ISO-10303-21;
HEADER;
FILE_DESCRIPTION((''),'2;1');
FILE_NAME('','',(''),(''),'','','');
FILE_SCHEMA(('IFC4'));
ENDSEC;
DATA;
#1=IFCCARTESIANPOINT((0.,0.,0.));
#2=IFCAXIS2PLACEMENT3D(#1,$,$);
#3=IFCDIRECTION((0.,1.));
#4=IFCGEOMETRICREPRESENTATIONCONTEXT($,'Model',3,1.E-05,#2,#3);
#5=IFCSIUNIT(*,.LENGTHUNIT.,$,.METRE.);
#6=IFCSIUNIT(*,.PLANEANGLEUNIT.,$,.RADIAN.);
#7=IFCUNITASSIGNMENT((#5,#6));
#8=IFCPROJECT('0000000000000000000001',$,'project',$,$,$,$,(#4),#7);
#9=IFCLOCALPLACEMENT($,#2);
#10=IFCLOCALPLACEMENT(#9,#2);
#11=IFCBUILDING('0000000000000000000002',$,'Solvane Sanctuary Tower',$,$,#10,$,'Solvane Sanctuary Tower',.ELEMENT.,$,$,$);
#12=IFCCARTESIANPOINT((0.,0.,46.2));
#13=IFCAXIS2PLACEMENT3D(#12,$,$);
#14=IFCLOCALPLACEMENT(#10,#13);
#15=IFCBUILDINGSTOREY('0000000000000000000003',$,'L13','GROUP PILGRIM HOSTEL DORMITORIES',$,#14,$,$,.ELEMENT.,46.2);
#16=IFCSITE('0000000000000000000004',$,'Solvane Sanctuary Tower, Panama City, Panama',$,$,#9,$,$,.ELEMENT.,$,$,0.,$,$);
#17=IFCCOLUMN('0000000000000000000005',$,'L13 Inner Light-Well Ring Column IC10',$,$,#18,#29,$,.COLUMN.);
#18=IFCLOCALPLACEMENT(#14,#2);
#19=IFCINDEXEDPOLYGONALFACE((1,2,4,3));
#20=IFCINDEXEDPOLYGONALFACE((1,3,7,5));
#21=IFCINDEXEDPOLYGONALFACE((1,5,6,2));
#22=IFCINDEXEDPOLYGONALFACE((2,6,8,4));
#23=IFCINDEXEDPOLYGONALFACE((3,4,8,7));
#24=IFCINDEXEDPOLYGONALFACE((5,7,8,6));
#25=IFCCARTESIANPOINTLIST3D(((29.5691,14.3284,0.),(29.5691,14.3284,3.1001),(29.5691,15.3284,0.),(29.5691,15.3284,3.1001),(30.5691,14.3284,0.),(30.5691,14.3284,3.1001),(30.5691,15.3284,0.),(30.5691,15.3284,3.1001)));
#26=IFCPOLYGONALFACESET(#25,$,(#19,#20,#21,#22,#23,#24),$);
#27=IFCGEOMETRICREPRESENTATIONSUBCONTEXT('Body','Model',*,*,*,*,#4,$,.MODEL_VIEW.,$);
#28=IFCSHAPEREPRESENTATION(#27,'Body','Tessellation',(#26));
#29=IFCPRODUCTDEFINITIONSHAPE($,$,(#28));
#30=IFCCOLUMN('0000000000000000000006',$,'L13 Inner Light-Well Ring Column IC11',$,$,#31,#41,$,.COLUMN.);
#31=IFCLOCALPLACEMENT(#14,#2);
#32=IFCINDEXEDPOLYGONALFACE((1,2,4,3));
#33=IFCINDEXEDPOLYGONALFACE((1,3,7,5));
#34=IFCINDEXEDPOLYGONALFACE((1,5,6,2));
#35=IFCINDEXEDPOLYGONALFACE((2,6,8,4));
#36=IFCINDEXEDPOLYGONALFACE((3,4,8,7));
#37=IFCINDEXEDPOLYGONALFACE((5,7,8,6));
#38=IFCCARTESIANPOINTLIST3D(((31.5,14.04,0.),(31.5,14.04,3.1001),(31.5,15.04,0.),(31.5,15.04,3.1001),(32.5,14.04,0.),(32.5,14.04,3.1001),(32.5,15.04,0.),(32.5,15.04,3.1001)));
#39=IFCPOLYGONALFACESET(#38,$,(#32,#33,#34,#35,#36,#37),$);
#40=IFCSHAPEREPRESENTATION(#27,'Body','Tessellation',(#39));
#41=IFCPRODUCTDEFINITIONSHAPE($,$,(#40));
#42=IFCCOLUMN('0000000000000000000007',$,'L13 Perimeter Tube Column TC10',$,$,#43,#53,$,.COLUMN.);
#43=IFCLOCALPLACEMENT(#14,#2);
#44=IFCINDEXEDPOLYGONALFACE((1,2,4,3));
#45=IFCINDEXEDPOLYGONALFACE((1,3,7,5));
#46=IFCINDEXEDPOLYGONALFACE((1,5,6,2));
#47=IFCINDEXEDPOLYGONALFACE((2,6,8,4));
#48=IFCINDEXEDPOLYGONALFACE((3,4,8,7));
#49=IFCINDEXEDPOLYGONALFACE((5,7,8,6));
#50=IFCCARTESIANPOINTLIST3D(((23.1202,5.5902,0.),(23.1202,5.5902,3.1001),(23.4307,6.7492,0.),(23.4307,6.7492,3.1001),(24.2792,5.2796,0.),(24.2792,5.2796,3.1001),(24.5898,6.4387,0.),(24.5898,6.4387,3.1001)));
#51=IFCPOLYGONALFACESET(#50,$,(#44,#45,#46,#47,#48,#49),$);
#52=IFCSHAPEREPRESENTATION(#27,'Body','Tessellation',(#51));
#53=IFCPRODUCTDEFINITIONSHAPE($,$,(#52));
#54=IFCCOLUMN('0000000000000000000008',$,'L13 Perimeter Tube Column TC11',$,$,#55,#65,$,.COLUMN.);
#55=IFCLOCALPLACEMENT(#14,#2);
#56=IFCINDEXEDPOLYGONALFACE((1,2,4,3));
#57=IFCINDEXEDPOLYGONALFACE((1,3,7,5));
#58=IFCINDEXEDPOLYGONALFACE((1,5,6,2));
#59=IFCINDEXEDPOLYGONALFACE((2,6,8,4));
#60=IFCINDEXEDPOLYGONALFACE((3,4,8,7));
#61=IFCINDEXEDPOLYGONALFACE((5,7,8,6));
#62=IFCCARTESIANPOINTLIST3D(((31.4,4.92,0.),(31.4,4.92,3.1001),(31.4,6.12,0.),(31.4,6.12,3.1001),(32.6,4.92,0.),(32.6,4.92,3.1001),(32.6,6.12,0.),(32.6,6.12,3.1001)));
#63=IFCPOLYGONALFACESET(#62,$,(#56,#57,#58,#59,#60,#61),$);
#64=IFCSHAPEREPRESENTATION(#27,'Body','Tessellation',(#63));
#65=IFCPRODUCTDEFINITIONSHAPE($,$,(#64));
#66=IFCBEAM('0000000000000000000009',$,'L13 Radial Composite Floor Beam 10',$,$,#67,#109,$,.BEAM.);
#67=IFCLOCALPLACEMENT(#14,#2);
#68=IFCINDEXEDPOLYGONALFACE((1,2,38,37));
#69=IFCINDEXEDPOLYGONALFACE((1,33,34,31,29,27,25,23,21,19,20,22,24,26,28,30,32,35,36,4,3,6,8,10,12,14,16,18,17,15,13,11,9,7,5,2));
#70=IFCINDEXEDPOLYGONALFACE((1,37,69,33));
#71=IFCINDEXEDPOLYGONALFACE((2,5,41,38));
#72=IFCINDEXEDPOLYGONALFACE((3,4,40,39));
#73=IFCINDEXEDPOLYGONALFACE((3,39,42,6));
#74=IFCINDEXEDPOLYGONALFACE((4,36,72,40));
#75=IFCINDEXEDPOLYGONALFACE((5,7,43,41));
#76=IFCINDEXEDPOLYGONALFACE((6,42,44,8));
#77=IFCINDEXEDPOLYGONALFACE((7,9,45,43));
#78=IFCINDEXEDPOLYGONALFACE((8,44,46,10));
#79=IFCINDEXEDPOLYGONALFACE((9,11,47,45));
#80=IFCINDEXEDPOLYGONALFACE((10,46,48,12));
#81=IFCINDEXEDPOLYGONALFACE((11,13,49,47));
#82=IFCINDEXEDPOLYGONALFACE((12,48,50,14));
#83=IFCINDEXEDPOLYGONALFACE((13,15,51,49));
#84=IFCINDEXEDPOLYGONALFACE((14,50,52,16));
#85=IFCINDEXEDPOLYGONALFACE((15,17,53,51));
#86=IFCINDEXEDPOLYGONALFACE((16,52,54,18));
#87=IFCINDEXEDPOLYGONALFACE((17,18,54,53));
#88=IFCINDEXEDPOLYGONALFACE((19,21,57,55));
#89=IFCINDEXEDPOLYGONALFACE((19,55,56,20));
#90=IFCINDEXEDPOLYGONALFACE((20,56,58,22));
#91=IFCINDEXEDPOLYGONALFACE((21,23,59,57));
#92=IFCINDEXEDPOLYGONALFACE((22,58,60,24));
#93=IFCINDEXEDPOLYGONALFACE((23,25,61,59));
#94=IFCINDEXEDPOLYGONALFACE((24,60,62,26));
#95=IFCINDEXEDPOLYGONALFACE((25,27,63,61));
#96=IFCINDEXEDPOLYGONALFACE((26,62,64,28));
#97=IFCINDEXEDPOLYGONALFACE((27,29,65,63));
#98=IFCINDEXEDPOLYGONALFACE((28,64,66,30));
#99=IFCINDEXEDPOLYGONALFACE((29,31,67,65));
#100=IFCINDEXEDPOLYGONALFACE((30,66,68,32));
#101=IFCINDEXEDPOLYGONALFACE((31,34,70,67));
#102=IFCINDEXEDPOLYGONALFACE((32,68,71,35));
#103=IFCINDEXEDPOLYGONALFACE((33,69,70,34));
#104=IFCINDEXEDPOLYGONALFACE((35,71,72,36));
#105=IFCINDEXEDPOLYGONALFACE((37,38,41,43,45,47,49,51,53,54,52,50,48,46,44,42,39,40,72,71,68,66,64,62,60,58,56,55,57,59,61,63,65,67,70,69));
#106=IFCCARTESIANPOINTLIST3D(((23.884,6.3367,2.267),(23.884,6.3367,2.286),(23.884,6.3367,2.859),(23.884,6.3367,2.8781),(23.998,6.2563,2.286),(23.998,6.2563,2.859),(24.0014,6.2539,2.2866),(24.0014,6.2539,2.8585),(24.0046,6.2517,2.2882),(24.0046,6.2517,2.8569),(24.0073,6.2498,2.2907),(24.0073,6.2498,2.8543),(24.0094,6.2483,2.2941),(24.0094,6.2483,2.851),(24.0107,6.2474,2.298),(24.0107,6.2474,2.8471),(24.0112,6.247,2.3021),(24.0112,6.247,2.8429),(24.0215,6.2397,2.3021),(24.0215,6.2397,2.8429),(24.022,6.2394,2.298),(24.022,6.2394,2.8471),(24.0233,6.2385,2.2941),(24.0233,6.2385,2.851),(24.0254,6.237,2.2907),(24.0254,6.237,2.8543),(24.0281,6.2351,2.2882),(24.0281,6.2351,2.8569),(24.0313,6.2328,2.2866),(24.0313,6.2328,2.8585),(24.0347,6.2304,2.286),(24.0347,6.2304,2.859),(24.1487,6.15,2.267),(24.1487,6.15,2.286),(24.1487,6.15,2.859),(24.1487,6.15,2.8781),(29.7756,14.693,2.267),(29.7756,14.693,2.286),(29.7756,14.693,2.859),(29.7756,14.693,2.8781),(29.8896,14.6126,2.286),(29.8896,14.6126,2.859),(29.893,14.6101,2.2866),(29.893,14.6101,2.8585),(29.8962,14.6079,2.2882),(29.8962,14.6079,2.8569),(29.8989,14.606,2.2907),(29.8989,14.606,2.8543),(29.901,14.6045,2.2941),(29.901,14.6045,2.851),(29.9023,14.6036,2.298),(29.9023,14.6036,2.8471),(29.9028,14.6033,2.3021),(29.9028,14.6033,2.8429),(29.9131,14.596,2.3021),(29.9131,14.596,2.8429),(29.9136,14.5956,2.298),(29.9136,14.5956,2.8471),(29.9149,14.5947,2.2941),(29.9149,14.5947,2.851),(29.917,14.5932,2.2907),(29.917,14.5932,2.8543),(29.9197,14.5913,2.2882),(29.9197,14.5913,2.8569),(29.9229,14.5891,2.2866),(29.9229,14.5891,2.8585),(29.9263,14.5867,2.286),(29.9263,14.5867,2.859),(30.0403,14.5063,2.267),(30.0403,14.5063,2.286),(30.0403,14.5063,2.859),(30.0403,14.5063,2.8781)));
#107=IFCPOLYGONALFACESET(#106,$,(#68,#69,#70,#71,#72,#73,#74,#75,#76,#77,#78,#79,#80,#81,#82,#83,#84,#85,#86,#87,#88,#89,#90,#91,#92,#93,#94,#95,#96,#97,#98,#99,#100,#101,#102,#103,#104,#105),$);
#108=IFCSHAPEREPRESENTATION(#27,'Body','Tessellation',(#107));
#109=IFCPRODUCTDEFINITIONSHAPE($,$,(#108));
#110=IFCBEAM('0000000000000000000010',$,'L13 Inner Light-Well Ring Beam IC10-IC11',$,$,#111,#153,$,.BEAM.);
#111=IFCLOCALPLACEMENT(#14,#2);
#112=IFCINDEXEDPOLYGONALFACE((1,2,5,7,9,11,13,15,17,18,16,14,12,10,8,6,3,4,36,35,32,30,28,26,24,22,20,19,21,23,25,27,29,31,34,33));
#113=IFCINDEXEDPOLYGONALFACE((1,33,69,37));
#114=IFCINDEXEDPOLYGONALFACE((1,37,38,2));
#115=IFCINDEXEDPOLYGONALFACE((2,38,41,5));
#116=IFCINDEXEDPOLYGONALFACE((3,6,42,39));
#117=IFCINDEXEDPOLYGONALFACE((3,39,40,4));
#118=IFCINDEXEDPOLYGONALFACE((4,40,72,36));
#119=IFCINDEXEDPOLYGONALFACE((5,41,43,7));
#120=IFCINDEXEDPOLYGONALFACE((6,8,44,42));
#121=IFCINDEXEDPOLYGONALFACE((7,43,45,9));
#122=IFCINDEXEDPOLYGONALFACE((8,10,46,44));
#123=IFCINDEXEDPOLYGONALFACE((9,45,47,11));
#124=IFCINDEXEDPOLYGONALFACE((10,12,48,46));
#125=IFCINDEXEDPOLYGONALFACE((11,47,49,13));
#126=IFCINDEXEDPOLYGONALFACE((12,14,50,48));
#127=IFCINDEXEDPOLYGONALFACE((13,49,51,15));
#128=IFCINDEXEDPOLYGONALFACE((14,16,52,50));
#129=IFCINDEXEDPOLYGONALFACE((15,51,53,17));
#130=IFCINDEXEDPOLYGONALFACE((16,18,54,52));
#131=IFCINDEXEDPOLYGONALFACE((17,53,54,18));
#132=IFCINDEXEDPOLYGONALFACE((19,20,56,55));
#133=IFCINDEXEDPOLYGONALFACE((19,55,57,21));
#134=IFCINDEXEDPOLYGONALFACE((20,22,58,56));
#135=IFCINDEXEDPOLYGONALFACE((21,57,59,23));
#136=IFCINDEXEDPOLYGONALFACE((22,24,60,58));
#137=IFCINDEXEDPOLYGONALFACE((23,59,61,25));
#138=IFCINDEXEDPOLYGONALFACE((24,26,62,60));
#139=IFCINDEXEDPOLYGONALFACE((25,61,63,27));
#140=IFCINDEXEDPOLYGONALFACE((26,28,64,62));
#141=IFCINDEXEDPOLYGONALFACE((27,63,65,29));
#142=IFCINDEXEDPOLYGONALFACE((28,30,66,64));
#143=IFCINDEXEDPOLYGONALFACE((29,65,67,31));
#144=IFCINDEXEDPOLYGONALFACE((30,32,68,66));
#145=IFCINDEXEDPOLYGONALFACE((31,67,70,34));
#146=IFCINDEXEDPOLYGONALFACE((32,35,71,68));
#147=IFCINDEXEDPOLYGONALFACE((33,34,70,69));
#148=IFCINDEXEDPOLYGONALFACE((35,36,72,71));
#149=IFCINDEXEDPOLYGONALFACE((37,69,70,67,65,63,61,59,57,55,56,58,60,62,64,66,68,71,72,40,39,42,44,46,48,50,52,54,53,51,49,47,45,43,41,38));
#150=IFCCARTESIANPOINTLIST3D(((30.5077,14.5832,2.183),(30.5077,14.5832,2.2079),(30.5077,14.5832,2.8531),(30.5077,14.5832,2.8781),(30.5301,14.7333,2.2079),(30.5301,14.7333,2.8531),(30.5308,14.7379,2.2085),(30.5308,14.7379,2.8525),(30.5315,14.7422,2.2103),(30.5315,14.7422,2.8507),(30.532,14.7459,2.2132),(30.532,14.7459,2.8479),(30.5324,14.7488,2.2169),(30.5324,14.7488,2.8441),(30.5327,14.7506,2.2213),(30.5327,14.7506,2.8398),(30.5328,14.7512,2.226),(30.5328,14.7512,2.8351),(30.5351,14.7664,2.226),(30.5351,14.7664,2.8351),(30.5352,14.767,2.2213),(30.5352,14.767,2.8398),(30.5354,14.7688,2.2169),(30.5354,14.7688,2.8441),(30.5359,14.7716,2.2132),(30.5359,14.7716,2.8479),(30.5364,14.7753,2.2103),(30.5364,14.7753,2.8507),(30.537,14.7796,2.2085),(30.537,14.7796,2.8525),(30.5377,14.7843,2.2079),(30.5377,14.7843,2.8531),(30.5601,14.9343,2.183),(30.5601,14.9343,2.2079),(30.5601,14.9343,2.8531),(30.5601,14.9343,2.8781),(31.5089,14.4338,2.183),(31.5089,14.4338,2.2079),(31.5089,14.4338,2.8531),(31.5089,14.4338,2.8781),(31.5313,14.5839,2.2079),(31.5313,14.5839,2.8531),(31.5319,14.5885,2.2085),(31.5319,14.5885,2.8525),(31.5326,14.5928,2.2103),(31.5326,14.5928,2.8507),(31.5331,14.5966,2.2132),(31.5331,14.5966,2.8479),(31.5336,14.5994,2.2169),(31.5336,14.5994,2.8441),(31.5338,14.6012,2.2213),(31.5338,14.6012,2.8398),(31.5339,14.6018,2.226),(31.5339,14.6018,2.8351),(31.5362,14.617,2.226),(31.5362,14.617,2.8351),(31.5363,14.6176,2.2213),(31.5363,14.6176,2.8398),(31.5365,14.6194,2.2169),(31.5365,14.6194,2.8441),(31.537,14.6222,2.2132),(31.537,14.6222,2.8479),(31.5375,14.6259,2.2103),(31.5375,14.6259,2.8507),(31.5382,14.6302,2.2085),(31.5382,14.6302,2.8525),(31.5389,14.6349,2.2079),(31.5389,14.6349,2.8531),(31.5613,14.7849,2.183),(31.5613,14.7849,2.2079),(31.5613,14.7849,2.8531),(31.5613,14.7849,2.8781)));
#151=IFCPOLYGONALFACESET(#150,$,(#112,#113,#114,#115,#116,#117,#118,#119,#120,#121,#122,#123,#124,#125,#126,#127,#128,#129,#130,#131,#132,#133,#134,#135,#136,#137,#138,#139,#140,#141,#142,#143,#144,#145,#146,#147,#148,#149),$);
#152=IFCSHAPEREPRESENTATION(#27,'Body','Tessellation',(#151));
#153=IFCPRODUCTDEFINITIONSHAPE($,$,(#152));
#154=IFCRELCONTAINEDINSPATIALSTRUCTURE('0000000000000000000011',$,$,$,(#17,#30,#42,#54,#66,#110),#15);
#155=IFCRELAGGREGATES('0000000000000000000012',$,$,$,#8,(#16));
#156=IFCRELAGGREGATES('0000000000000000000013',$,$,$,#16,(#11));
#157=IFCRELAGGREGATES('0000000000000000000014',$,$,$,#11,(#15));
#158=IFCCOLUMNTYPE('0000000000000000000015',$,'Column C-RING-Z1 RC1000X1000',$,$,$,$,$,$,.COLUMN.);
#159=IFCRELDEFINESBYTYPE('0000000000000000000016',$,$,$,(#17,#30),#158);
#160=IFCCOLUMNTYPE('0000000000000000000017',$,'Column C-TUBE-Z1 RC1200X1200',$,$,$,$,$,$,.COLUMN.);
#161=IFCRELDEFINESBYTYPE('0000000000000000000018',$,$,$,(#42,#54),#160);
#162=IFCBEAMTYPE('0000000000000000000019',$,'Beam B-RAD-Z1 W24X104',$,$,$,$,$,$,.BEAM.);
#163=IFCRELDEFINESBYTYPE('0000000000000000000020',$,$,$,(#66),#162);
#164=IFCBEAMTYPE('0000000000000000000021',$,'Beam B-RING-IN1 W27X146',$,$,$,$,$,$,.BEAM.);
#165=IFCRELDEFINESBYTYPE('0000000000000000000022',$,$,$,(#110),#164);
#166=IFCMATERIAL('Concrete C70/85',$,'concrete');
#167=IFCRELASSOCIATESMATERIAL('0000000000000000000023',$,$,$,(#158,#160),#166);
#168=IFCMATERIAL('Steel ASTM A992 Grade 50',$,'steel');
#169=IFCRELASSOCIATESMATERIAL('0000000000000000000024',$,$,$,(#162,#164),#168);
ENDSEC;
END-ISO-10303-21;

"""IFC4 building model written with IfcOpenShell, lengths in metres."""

from ifc_helpers import new_model, si_unit, direction, frame, origin, origin_2d, place, context, subcontext, project, spatial, rectangle, i_section, extrude, material, material_profile, profile_set, type_object, element, save


model = new_model("IFC4")

# Units and contexts
model_context = context("Model", 3, precision=1e-05, world=origin(), true_north=direction((0.0, 1.0)))
body_context = subcontext(model_context, "Body", "Model", "MODEL_VIEW")
ifc_project = project(units=[si_unit("LENGTHUNIT", "METRE"), si_unit("PLANEANGLEUNIT", "RADIAN")], contexts=[model_context])

# Site, building, storey
site_placement = place(None, origin())
site = spatial("IfcSite", under=ifc_project, at=site_placement, Name="Solvane Sanctuary Tower, Panama City, Panama", CompositionType="ELEMENT", RefElevation=0.0)
building_placement = place(site_placement, origin())
building = spatial("IfcBuilding", under=site, at=building_placement, Name="Solvane Sanctuary Tower", LongName="Solvane Sanctuary Tower", CompositionType="ELEMENT")
storey_placement = place(building_placement, frame((0.0, 0.0, 46.2)))
storey = spatial("IfcBuildingStorey", under=building, at=storey_placement, Name="L13", Description="GROUP PILGRIM HOSTEL DORMITORIES", CompositionType="ELEMENT", Elevation=46.2)

# Columns
ifc_material_1 = material(Name="Concrete C70/85", Category="concrete")
ifc_material_profile_1 = material_profile(ifc_material_1, rectangle(XDim=1.0, YDim=1.0, at=origin_2d()), Name="RC1000X1000")
ifc_profile_set_1 = profile_set([ifc_material_profile_1], Name="Concrete C70/85")
column_type_1 = type_object("IfcColumnType", Name="Column C-RING-Z1 RC1000X1000", PredefinedType="COLUMN", material=ifc_profile_set_1)
for number, where, z_axis, x_axis, name in (
    (1, (30.0691, 14.8284, 0.0), (0.0, 0.0, 1.0), (1.0, 0.0, 0.0), "L13 Inner Light-Well Ring Column IC10"),
    (2, (32.0, 14.54, 0.0), (0.0, 0.0, 1.0), (1.0, 0.0, 0.0), "L13 Inner Light-Well Ring Column IC11"),
):
    element("IfcColumn", number, at=place(storey_placement, frame(where, z_axis=z_axis, x_axis=x_axis)), inside=storey, type_object=column_type_1, Name=name, PredefinedType="COLUMN", context=body_context, shape_type="SweptSolid", body=[
        extrude(rectangle(XDim=1.0, YDim=1.0, at=origin_2d()), origin(), (0.0, 0.0, 1.0), 3.1001),
    ])
ifc_material_profile_2 = material_profile(ifc_material_1, rectangle(XDim=1.2, YDim=1.2, at=origin_2d()), Name="RC1200X1200")
ifc_profile_set_2 = profile_set([ifc_material_profile_2], Name="Concrete C70/85")
column_type_2 = type_object("IfcColumnType", Name="Column C-TUBE-Z1 RC1200X1200", PredefinedType="COLUMN", material=ifc_profile_set_2)
for number, where, z_axis, x_axis, name in (
    (3, (23.855, 6.0144, 0.0), (0.0, 0.0, 1.0), (-0.258819, -0.965926, 0.0), "L13 Perimeter Tube Column TC10"),
    (4, (32.0, 5.52, 0.0), (0.0, 0.0, 1.0), (0.0, -1.0, 0.0), "L13 Perimeter Tube Column TC11"),
):
    element("IfcColumn", number, at=place(storey_placement, frame(where, z_axis=z_axis, x_axis=x_axis)), inside=storey, type_object=column_type_2, Name=name, PredefinedType="COLUMN", context=body_context, shape_type="SweptSolid", body=[
        extrude(rectangle(XDim=1.2, YDim=1.2, at=origin_2d()), origin(), (0.0, 0.0, 1.0), 3.1001),
    ])

# Beams
ifc_material_2 = material(Name="Steel ASTM A992 Grade 50", Category="steel")
ifc_material_profile_3 = material_profile(ifc_material_2, i_section(OverallWidth=0.324, OverallDepth=0.6111, WebThickness=0.0127, FlangeThickness=0.019, FilletRadius=0.0161, at=origin_2d()), Name="W24X104")
ifc_profile_set_3 = profile_set([ifc_material_profile_3], Name="Steel ASTM A992 Grade 50")
beam_type_1 = type_object("IfcBeamType", Name="Beam B-RAD-Z1 W24X104", PredefinedType="BEAM", material=ifc_profile_set_3)
beam_1_placement = place(storey_placement, frame((29.908, 14.5996, 2.5725), z_axis=(-0.576233, -0.817285, 0.0), x_axis=(0.817285, -0.576233, 0.0)))
element("IfcBeam", 5, at=beam_1_placement, inside=storey, type_object=beam_type_1, Name="L13 Radial Composite Floor Beam 10", PredefinedType="BEAM", context=body_context, shape_type="SweptSolid", body=[
    extrude(i_section(OverallWidth=0.324, OverallDepth=0.6111, WebThickness=0.0127, FlangeThickness=0.019, FilletRadius=0.0161, at=origin_2d()), origin(), (0.0, 0.0, 1.0), 10.2244),
])
ifc_material_profile_4 = material_profile(ifc_material_2, i_section(OverallWidth=0.355, OverallDepth=0.6951, WebThickness=0.0154, FlangeThickness=0.0249, FilletRadius=0.0181, at=origin_2d()), Name="W27X146")
ifc_profile_set_4 = profile_set([ifc_material_profile_4], Name="Steel ASTM A992 Grade 50")
beam_type_2 = type_object("IfcBeamType", Name="Beam B-RING-IN1 W27X146", PredefinedType="BEAM", material=ifc_profile_set_4)
beam_2_placement = place(storey_placement, frame((30.5339, 14.7588, 2.5305), z_axis=(0.989048, -0.147597, 0.0), x_axis=(0.147597, 0.989048, 0.0)))
element("IfcBeam", 6, at=beam_2_placement, inside=storey, type_object=beam_type_2, Name="L13 Inner Light-Well Ring Beam IC10-IC11", PredefinedType="BEAM", context=body_context, shape_type="SweptSolid", body=[
    extrude(i_section(OverallWidth=0.355, OverallDepth=0.6951, WebThickness=0.0154, FlangeThickness=0.0249, FilletRadius=0.0181, at=origin_2d()), origin(), (0.0, 0.0, 1.0), 1.0122),
])

save(model, "model.ifc")
